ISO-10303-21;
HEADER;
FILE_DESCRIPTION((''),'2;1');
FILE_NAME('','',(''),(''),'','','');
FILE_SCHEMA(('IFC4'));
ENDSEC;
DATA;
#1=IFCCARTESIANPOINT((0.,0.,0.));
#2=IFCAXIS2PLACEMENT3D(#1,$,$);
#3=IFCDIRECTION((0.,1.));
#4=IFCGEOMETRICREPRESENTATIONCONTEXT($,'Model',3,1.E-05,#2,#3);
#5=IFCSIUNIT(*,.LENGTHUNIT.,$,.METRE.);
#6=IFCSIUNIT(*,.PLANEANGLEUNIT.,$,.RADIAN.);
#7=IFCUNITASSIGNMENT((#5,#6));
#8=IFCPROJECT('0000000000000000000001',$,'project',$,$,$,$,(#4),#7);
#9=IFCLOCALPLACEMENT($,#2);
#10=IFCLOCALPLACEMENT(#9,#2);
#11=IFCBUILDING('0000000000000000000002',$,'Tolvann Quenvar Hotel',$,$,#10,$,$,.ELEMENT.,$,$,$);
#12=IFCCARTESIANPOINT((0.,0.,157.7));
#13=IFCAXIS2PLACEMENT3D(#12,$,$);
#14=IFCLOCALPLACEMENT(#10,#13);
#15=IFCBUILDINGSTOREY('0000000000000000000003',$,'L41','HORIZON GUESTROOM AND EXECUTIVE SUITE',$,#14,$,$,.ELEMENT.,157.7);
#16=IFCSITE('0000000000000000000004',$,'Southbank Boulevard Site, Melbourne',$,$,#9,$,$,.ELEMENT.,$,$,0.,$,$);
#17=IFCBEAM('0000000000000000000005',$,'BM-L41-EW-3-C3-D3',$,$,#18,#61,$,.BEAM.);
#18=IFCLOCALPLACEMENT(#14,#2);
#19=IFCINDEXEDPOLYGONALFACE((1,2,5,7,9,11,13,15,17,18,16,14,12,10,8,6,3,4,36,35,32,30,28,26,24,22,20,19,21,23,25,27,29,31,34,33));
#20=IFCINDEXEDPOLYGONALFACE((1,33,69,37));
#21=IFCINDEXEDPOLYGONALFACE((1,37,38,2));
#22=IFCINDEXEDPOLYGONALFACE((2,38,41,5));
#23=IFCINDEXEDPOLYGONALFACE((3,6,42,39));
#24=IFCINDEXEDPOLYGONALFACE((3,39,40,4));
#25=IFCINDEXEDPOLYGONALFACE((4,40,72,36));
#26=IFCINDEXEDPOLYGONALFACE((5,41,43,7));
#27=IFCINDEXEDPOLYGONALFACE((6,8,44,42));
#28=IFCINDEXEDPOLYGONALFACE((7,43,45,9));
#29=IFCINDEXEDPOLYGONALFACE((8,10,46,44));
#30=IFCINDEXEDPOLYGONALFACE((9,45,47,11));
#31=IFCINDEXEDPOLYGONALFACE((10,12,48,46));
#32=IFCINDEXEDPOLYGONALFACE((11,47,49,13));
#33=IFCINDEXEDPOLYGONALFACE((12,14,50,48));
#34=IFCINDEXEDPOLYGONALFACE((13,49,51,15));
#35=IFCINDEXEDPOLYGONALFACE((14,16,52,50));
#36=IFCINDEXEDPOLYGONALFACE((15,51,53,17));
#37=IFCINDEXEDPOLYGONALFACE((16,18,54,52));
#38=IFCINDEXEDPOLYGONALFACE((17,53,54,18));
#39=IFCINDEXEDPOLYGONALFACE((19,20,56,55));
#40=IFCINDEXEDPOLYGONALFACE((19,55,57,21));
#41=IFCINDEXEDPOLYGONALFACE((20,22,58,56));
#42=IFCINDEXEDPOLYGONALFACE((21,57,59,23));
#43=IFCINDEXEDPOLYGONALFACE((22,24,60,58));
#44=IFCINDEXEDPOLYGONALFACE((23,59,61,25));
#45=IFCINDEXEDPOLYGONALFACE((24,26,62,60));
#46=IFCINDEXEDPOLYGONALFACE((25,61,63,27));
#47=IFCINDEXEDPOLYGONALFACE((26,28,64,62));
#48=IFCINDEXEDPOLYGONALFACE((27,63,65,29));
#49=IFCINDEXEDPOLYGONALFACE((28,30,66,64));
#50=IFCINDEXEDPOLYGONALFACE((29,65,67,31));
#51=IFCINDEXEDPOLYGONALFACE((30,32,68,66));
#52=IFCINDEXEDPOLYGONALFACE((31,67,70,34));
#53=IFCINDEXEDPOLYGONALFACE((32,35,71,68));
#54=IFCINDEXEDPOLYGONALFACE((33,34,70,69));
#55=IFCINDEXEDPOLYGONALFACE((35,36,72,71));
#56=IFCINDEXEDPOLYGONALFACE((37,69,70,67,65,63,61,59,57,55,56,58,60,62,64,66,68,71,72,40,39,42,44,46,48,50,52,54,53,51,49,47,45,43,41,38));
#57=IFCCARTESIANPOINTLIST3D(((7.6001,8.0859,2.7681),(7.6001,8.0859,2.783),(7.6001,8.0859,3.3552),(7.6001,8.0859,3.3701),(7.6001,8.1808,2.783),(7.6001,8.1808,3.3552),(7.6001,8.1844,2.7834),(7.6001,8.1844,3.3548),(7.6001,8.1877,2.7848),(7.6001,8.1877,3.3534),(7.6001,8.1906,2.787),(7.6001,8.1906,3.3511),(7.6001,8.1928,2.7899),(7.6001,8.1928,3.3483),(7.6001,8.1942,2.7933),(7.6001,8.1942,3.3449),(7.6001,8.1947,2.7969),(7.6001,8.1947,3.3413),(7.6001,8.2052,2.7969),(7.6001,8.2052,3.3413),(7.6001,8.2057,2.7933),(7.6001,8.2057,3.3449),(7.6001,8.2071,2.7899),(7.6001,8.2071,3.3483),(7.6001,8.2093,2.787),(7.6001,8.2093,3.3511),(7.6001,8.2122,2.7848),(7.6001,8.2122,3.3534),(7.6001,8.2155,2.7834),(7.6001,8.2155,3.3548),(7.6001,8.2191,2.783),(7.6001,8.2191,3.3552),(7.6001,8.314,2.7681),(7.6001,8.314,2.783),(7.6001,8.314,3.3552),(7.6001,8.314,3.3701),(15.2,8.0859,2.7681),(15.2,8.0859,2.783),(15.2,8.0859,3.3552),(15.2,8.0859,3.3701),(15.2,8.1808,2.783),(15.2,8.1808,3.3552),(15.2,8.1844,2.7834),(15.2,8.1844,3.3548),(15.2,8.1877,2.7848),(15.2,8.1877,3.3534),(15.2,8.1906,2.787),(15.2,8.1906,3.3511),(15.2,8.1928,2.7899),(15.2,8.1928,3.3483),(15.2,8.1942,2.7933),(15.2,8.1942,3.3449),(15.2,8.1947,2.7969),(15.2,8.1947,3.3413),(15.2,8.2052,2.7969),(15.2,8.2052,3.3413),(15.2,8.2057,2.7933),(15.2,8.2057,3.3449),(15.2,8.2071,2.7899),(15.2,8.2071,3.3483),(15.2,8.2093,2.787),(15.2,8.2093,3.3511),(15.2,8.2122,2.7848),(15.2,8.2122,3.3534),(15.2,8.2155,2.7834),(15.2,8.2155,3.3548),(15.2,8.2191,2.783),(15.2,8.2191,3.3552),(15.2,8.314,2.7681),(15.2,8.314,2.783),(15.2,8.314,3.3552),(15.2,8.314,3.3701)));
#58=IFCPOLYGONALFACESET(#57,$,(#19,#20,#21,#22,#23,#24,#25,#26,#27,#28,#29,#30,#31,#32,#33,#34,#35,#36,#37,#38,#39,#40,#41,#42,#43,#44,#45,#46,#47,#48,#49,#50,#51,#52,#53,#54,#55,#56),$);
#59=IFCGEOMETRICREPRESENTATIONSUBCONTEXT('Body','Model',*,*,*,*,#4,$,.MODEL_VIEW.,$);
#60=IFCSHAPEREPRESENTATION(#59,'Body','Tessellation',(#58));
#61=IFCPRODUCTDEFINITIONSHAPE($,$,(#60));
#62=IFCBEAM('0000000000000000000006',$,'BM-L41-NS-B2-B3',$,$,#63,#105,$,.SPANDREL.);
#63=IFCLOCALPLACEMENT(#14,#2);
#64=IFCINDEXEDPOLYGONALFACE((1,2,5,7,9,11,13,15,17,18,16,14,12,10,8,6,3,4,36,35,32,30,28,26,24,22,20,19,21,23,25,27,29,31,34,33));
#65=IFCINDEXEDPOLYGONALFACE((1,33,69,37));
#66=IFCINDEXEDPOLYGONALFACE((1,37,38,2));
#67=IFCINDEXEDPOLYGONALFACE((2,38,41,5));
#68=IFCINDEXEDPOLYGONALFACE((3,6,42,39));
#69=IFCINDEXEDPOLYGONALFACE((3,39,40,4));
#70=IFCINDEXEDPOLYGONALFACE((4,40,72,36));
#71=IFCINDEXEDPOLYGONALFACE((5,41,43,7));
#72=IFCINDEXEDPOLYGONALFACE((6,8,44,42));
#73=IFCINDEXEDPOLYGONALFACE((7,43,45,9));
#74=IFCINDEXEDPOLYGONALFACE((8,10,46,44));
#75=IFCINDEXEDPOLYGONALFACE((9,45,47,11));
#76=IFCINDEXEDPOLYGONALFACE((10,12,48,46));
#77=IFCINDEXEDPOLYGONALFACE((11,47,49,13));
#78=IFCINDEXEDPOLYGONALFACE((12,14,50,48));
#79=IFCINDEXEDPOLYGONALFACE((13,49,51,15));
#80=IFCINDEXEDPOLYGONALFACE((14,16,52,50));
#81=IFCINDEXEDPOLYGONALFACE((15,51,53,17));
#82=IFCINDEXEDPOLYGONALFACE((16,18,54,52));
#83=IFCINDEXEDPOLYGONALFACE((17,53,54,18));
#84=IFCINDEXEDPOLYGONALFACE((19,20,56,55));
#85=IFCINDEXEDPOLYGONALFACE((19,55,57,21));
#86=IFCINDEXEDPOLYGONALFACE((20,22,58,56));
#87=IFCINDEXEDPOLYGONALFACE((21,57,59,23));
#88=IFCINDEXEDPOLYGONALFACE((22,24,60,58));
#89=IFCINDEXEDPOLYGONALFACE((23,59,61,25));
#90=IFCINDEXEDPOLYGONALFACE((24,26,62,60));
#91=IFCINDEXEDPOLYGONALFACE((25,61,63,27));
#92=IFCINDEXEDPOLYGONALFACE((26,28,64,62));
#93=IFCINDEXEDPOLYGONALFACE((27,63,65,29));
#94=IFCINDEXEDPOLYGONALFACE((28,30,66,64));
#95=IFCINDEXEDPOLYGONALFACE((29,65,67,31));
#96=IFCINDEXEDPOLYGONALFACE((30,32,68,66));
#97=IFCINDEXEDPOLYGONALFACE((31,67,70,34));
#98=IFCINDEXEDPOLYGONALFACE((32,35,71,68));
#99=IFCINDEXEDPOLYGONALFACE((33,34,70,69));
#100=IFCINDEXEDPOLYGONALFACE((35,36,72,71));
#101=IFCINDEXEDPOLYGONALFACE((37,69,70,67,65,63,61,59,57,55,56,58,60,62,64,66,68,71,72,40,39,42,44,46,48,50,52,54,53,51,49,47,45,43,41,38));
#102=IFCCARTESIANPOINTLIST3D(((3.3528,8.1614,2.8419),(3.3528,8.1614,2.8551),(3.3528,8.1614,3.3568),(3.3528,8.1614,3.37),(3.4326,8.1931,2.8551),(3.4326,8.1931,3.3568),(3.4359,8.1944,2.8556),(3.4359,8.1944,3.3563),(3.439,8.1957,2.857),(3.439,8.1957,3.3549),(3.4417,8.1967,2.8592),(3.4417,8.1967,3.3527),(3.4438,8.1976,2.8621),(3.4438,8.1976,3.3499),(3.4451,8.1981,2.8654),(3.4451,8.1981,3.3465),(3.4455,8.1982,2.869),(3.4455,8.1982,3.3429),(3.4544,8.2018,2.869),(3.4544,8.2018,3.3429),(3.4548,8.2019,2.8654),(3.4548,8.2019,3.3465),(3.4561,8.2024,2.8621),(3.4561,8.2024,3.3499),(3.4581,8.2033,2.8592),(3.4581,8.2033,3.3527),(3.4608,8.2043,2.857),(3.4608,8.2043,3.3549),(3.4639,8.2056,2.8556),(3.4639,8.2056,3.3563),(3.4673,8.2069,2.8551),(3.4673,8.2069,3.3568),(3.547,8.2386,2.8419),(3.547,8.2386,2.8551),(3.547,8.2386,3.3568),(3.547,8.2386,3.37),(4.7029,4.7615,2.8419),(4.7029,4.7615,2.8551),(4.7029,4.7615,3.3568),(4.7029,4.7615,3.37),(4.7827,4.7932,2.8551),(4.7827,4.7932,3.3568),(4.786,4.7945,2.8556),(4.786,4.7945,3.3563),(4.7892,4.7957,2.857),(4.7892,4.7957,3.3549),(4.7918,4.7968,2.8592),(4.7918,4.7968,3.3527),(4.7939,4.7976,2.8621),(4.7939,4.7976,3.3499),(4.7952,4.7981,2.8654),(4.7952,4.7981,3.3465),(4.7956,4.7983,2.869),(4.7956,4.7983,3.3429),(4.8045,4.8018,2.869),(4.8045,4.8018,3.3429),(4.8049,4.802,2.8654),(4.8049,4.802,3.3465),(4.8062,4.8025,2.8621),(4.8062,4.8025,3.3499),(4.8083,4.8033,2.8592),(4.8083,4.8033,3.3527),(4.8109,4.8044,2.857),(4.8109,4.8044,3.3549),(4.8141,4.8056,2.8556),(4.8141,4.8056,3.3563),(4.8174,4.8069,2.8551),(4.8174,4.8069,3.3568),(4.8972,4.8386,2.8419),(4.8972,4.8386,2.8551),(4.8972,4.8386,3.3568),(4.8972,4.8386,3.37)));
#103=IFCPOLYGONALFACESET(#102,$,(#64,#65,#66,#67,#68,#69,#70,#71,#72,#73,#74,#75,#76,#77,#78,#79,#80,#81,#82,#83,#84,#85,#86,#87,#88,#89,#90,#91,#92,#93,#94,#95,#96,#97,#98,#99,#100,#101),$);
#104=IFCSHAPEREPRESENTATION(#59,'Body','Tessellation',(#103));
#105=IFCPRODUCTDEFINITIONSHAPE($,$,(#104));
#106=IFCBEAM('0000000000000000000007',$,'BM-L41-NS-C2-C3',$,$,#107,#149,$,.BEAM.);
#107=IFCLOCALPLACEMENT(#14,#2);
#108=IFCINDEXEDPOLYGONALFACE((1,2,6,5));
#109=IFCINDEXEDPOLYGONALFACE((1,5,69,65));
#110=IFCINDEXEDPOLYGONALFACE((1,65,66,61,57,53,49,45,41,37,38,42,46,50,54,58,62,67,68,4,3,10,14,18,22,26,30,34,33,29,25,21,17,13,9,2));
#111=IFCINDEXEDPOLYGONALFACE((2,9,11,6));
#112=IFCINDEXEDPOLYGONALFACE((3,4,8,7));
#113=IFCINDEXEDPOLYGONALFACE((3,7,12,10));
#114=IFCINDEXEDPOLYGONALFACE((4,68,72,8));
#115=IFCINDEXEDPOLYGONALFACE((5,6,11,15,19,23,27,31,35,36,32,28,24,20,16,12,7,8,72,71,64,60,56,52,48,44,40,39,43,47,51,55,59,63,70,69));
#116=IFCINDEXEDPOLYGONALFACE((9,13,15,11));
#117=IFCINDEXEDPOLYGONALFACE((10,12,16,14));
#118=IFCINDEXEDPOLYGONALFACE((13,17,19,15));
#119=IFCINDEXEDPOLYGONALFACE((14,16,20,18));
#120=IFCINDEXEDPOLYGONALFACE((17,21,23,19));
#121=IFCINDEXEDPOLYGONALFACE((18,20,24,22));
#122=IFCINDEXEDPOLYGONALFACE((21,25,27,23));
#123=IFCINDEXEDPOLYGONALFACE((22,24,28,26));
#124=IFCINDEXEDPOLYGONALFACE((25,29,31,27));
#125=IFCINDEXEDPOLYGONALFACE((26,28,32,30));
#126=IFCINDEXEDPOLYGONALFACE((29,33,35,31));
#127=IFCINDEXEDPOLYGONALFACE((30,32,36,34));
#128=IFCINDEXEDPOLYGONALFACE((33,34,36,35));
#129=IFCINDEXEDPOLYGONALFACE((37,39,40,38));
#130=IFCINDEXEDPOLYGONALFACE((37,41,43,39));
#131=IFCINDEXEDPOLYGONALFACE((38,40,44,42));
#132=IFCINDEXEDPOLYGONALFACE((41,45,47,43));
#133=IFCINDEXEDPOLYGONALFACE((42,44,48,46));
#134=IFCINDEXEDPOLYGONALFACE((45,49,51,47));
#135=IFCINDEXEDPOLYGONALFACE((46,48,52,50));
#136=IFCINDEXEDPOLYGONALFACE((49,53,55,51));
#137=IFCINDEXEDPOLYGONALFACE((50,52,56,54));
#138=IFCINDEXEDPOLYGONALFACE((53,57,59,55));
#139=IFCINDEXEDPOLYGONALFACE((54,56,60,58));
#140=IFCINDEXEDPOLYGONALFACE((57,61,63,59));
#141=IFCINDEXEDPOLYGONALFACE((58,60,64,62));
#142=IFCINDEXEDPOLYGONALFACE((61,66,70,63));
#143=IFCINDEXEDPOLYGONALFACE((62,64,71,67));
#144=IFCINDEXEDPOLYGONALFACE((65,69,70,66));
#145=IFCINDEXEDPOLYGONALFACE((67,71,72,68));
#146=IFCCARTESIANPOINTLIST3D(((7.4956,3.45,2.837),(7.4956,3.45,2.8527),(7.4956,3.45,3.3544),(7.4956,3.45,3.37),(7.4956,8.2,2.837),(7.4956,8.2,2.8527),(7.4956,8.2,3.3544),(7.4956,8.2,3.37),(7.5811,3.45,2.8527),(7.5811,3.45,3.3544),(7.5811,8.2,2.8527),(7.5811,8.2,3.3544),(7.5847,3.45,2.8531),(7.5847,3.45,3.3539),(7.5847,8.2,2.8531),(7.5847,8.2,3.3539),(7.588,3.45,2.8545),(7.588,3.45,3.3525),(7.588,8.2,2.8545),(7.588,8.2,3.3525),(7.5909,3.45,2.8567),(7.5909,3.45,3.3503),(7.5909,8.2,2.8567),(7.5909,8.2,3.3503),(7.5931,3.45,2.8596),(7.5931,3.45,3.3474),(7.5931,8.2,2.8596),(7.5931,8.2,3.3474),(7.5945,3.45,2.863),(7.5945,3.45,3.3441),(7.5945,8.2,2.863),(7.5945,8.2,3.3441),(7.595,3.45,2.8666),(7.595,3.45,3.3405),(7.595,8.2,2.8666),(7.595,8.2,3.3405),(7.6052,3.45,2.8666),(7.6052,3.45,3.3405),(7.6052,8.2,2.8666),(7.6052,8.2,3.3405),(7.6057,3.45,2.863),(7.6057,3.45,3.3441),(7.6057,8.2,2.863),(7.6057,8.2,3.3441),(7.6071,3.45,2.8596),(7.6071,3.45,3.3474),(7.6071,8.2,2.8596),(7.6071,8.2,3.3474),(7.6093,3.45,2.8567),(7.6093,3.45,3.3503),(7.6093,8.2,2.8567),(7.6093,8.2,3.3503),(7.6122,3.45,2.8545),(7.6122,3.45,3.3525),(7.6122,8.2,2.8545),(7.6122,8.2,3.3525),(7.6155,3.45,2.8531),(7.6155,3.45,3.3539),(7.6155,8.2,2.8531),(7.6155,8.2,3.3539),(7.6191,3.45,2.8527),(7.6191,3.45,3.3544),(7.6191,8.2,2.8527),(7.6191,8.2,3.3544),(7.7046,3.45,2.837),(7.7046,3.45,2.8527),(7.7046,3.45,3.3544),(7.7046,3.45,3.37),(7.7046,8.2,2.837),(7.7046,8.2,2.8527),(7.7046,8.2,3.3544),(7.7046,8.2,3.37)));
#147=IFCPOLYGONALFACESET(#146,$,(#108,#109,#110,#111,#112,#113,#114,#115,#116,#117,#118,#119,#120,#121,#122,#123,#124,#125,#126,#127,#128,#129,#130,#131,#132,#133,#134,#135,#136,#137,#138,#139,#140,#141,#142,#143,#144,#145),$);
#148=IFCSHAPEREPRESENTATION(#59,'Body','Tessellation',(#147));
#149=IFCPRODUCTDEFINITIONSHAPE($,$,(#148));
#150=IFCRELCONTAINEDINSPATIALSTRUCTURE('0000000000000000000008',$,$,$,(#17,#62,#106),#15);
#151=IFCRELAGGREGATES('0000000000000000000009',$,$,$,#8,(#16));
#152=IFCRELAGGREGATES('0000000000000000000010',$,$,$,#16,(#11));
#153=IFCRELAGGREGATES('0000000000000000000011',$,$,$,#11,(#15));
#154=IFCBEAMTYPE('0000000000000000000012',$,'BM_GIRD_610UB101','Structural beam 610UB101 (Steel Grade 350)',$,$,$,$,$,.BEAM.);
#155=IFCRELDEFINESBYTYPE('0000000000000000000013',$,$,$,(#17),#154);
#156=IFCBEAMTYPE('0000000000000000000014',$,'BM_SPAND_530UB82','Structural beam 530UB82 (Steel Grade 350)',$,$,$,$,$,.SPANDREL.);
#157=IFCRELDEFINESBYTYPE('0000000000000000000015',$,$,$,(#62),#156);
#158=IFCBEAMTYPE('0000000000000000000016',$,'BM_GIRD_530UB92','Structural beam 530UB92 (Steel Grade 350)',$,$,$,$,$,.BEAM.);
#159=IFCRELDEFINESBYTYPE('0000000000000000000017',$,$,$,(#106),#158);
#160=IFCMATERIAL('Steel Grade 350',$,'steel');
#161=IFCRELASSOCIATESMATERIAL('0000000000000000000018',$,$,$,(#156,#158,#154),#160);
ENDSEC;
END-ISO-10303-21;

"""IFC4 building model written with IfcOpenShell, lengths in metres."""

from ifc_helpers import new_model, si_unit, direction, frame, origin, origin_2d, place, context, subcontext, project, spatial, i_section, extrude, source, transform, mapped, material, material_profile, profile_set, type_object, element, save


model = new_model("IFC4")

# Units and contexts
model_context = context("Model", 3, precision=1e-05, world=origin(), true_north=direction((0.0, 1.0)))
body_context = subcontext(model_context, "Body", "Model", "MODEL_VIEW")
ifc_project = project(units=[si_unit("LENGTHUNIT", "METRE"), si_unit("PLANEANGLEUNIT", "RADIAN")], contexts=[model_context])

# Site, building, storey
site_placement = place(None, origin())
site = spatial("IfcSite", under=ifc_project, at=site_placement, Name="Southbank Boulevard Site, Melbourne", CompositionType="ELEMENT", RefElevation=0.0)
building_placement = place(site_placement, origin())
building = spatial("IfcBuilding", under=site, at=building_placement, Name="Tolvann Quenvar Hotel", CompositionType="ELEMENT")
storey_placement = place(building_placement, frame((0.0, 0.0, 157.7)))
storey = spatial("IfcBuildingStorey", under=building, at=storey_placement, Name="L41", Description="HORIZON GUESTROOM AND EXECUTIVE SUITE", CompositionType="ELEMENT", Elevation=157.7)

# Shared definitions
ifc_material_1 = material(Name="Steel Grade 350", Category="steel")

# Beams
ifc_material_profile_1 = material_profile(ifc_material_1, i_section(OverallWidth=0.209, OverallDepth=0.5281, WebThickness=0.0095, FlangeThickness=0.0132, FilletRadius=0.0139, at=origin_2d()), Name="530UB82")
ifc_profile_set_1 = profile_set([ifc_material_profile_1], Name="Steel Grade 350")
beam_type_1 = type_object("IfcBeamType", Name="BM_SPAND_530UB82", Description="Structural beam 530UB82 (Steel Grade 350)", PredefinedType="SPANDREL", material=ifc_profile_set_1)
ifc_material_profile_2 = material_profile(ifc_material_1, i_section(OverallWidth=0.209, OverallDepth=0.533, WebThickness=0.0103, FlangeThickness=0.0156, FilletRadius=0.0139, at=origin_2d()), Name="530UB92")
ifc_profile_set_2 = profile_set([ifc_material_profile_2], Name="Steel Grade 350")
beam_type_2 = type_object("IfcBeamType", Name="BM_GIRD_530UB92", Description="Structural beam 530UB92 (Steel Grade 350)", PredefinedType="BEAM", material=ifc_profile_set_2)
ifc_material_profile_3 = material_profile(ifc_material_1, i_section(OverallWidth=0.228, OverallDepth=0.6021, WebThickness=0.0105, FlangeThickness=0.0149, FilletRadius=0.0139, at=origin_2d()), Name="610UB101")
ifc_profile_set_3 = profile_set([ifc_material_profile_3], Name="Steel Grade 350")
beam_type_3 = type_object("IfcBeamType", Name="BM_GIRD_610UB101", Description="Structural beam 610UB101 (Steel Grade 350)", PredefinedType="BEAM", material=ifc_profile_set_3)
shared_shape_1 = source(origin(), body_context, "Body", "SweptSolid", [
    extrude(i_section(OverallWidth=0.228, OverallDepth=0.6021, WebThickness=0.0105, FlangeThickness=0.0149, FilletRadius=0.0139, at=origin_2d()), origin(), (0.0, 0.0, 1.0), 7.5999),
])
beam_1_placement = place(storey_placement, frame((7.6001, 8.2, 3.0691), z_axis=(1.0, 0.0, 0.0), x_axis=(0.0, 1.0, 0.0)))
element("IfcBeam", 1, at=beam_1_placement, inside=storey, type_object=beam_type_3, Name="BM-L41-EW-3-C3-D3", PredefinedType="BEAM", context=body_context, shape_type="MappedRepresentation", body=[
    mapped(shared_shape_1, transform((0.0, 0.0, 0.0), x_axis=(1.0, 0.0, 0.0), y_axis=(0.0, 1.0, 0.0), z_axis=(0.0, 0.0, 1.0), scale=1.0)),
])
shared_shape_2 = source(origin(), body_context, "Body", "SweptSolid", [
    extrude(i_section(OverallWidth=0.209, OverallDepth=0.5281, WebThickness=0.0095, FlangeThickness=0.0132, FilletRadius=0.0139, at=origin_2d()), origin(), (0.0, 0.0, 1.0), 3.6582),
])
beam_2_placement = place(storey_placement, frame((4.8, 4.8, 3.106), z_axis=(-0.369065, 0.929404, 0.0), x_axis=(-0.929404, -0.369065, 0.0)))
element("IfcBeam", 2, at=beam_2_placement, inside=storey, type_object=beam_type_1, Name="BM-L41-NS-B2-B3", PredefinedType="SPANDREL", context=body_context, shape_type="MappedRepresentation", body=[
    mapped(shared_shape_2, transform((0.0, 0.0, 0.0), x_axis=(1.0, 0.0, 0.0), y_axis=(0.0, 1.0, 0.0), z_axis=(0.0, 0.0, 1.0), scale=1.0)),
])
shared_shape_3 = source(origin(), body_context, "Body", "SweptSolid", [
    extrude(i_section(OverallWidth=0.209, OverallDepth=0.533, WebThickness=0.0103, FlangeThickness=0.0156, FilletRadius=0.0139, at=origin_2d()), origin(), (0.0, 0.0, 1.0), 4.75),
])
beam_3_placement = place(storey_placement, frame((7.6001, 3.45, 3.1035), z_axis=(0.0, 1.0, 0.0), x_axis=(-1.0, 0.0, 0.0)))
element("IfcBeam", 3, at=beam_3_placement, inside=storey, type_object=beam_type_2, Name="BM-L41-NS-C2-C3", PredefinedType="BEAM", context=body_context, shape_type="MappedRepresentation", body=[
    mapped(shared_shape_3, transform((0.0, 0.0, 0.0), x_axis=(1.0, 0.0, 0.0), y_axis=(0.0, 1.0, 0.0), z_axis=(0.0, 0.0, 1.0), scale=1.0)),
])

save(model, "model.ifc")
